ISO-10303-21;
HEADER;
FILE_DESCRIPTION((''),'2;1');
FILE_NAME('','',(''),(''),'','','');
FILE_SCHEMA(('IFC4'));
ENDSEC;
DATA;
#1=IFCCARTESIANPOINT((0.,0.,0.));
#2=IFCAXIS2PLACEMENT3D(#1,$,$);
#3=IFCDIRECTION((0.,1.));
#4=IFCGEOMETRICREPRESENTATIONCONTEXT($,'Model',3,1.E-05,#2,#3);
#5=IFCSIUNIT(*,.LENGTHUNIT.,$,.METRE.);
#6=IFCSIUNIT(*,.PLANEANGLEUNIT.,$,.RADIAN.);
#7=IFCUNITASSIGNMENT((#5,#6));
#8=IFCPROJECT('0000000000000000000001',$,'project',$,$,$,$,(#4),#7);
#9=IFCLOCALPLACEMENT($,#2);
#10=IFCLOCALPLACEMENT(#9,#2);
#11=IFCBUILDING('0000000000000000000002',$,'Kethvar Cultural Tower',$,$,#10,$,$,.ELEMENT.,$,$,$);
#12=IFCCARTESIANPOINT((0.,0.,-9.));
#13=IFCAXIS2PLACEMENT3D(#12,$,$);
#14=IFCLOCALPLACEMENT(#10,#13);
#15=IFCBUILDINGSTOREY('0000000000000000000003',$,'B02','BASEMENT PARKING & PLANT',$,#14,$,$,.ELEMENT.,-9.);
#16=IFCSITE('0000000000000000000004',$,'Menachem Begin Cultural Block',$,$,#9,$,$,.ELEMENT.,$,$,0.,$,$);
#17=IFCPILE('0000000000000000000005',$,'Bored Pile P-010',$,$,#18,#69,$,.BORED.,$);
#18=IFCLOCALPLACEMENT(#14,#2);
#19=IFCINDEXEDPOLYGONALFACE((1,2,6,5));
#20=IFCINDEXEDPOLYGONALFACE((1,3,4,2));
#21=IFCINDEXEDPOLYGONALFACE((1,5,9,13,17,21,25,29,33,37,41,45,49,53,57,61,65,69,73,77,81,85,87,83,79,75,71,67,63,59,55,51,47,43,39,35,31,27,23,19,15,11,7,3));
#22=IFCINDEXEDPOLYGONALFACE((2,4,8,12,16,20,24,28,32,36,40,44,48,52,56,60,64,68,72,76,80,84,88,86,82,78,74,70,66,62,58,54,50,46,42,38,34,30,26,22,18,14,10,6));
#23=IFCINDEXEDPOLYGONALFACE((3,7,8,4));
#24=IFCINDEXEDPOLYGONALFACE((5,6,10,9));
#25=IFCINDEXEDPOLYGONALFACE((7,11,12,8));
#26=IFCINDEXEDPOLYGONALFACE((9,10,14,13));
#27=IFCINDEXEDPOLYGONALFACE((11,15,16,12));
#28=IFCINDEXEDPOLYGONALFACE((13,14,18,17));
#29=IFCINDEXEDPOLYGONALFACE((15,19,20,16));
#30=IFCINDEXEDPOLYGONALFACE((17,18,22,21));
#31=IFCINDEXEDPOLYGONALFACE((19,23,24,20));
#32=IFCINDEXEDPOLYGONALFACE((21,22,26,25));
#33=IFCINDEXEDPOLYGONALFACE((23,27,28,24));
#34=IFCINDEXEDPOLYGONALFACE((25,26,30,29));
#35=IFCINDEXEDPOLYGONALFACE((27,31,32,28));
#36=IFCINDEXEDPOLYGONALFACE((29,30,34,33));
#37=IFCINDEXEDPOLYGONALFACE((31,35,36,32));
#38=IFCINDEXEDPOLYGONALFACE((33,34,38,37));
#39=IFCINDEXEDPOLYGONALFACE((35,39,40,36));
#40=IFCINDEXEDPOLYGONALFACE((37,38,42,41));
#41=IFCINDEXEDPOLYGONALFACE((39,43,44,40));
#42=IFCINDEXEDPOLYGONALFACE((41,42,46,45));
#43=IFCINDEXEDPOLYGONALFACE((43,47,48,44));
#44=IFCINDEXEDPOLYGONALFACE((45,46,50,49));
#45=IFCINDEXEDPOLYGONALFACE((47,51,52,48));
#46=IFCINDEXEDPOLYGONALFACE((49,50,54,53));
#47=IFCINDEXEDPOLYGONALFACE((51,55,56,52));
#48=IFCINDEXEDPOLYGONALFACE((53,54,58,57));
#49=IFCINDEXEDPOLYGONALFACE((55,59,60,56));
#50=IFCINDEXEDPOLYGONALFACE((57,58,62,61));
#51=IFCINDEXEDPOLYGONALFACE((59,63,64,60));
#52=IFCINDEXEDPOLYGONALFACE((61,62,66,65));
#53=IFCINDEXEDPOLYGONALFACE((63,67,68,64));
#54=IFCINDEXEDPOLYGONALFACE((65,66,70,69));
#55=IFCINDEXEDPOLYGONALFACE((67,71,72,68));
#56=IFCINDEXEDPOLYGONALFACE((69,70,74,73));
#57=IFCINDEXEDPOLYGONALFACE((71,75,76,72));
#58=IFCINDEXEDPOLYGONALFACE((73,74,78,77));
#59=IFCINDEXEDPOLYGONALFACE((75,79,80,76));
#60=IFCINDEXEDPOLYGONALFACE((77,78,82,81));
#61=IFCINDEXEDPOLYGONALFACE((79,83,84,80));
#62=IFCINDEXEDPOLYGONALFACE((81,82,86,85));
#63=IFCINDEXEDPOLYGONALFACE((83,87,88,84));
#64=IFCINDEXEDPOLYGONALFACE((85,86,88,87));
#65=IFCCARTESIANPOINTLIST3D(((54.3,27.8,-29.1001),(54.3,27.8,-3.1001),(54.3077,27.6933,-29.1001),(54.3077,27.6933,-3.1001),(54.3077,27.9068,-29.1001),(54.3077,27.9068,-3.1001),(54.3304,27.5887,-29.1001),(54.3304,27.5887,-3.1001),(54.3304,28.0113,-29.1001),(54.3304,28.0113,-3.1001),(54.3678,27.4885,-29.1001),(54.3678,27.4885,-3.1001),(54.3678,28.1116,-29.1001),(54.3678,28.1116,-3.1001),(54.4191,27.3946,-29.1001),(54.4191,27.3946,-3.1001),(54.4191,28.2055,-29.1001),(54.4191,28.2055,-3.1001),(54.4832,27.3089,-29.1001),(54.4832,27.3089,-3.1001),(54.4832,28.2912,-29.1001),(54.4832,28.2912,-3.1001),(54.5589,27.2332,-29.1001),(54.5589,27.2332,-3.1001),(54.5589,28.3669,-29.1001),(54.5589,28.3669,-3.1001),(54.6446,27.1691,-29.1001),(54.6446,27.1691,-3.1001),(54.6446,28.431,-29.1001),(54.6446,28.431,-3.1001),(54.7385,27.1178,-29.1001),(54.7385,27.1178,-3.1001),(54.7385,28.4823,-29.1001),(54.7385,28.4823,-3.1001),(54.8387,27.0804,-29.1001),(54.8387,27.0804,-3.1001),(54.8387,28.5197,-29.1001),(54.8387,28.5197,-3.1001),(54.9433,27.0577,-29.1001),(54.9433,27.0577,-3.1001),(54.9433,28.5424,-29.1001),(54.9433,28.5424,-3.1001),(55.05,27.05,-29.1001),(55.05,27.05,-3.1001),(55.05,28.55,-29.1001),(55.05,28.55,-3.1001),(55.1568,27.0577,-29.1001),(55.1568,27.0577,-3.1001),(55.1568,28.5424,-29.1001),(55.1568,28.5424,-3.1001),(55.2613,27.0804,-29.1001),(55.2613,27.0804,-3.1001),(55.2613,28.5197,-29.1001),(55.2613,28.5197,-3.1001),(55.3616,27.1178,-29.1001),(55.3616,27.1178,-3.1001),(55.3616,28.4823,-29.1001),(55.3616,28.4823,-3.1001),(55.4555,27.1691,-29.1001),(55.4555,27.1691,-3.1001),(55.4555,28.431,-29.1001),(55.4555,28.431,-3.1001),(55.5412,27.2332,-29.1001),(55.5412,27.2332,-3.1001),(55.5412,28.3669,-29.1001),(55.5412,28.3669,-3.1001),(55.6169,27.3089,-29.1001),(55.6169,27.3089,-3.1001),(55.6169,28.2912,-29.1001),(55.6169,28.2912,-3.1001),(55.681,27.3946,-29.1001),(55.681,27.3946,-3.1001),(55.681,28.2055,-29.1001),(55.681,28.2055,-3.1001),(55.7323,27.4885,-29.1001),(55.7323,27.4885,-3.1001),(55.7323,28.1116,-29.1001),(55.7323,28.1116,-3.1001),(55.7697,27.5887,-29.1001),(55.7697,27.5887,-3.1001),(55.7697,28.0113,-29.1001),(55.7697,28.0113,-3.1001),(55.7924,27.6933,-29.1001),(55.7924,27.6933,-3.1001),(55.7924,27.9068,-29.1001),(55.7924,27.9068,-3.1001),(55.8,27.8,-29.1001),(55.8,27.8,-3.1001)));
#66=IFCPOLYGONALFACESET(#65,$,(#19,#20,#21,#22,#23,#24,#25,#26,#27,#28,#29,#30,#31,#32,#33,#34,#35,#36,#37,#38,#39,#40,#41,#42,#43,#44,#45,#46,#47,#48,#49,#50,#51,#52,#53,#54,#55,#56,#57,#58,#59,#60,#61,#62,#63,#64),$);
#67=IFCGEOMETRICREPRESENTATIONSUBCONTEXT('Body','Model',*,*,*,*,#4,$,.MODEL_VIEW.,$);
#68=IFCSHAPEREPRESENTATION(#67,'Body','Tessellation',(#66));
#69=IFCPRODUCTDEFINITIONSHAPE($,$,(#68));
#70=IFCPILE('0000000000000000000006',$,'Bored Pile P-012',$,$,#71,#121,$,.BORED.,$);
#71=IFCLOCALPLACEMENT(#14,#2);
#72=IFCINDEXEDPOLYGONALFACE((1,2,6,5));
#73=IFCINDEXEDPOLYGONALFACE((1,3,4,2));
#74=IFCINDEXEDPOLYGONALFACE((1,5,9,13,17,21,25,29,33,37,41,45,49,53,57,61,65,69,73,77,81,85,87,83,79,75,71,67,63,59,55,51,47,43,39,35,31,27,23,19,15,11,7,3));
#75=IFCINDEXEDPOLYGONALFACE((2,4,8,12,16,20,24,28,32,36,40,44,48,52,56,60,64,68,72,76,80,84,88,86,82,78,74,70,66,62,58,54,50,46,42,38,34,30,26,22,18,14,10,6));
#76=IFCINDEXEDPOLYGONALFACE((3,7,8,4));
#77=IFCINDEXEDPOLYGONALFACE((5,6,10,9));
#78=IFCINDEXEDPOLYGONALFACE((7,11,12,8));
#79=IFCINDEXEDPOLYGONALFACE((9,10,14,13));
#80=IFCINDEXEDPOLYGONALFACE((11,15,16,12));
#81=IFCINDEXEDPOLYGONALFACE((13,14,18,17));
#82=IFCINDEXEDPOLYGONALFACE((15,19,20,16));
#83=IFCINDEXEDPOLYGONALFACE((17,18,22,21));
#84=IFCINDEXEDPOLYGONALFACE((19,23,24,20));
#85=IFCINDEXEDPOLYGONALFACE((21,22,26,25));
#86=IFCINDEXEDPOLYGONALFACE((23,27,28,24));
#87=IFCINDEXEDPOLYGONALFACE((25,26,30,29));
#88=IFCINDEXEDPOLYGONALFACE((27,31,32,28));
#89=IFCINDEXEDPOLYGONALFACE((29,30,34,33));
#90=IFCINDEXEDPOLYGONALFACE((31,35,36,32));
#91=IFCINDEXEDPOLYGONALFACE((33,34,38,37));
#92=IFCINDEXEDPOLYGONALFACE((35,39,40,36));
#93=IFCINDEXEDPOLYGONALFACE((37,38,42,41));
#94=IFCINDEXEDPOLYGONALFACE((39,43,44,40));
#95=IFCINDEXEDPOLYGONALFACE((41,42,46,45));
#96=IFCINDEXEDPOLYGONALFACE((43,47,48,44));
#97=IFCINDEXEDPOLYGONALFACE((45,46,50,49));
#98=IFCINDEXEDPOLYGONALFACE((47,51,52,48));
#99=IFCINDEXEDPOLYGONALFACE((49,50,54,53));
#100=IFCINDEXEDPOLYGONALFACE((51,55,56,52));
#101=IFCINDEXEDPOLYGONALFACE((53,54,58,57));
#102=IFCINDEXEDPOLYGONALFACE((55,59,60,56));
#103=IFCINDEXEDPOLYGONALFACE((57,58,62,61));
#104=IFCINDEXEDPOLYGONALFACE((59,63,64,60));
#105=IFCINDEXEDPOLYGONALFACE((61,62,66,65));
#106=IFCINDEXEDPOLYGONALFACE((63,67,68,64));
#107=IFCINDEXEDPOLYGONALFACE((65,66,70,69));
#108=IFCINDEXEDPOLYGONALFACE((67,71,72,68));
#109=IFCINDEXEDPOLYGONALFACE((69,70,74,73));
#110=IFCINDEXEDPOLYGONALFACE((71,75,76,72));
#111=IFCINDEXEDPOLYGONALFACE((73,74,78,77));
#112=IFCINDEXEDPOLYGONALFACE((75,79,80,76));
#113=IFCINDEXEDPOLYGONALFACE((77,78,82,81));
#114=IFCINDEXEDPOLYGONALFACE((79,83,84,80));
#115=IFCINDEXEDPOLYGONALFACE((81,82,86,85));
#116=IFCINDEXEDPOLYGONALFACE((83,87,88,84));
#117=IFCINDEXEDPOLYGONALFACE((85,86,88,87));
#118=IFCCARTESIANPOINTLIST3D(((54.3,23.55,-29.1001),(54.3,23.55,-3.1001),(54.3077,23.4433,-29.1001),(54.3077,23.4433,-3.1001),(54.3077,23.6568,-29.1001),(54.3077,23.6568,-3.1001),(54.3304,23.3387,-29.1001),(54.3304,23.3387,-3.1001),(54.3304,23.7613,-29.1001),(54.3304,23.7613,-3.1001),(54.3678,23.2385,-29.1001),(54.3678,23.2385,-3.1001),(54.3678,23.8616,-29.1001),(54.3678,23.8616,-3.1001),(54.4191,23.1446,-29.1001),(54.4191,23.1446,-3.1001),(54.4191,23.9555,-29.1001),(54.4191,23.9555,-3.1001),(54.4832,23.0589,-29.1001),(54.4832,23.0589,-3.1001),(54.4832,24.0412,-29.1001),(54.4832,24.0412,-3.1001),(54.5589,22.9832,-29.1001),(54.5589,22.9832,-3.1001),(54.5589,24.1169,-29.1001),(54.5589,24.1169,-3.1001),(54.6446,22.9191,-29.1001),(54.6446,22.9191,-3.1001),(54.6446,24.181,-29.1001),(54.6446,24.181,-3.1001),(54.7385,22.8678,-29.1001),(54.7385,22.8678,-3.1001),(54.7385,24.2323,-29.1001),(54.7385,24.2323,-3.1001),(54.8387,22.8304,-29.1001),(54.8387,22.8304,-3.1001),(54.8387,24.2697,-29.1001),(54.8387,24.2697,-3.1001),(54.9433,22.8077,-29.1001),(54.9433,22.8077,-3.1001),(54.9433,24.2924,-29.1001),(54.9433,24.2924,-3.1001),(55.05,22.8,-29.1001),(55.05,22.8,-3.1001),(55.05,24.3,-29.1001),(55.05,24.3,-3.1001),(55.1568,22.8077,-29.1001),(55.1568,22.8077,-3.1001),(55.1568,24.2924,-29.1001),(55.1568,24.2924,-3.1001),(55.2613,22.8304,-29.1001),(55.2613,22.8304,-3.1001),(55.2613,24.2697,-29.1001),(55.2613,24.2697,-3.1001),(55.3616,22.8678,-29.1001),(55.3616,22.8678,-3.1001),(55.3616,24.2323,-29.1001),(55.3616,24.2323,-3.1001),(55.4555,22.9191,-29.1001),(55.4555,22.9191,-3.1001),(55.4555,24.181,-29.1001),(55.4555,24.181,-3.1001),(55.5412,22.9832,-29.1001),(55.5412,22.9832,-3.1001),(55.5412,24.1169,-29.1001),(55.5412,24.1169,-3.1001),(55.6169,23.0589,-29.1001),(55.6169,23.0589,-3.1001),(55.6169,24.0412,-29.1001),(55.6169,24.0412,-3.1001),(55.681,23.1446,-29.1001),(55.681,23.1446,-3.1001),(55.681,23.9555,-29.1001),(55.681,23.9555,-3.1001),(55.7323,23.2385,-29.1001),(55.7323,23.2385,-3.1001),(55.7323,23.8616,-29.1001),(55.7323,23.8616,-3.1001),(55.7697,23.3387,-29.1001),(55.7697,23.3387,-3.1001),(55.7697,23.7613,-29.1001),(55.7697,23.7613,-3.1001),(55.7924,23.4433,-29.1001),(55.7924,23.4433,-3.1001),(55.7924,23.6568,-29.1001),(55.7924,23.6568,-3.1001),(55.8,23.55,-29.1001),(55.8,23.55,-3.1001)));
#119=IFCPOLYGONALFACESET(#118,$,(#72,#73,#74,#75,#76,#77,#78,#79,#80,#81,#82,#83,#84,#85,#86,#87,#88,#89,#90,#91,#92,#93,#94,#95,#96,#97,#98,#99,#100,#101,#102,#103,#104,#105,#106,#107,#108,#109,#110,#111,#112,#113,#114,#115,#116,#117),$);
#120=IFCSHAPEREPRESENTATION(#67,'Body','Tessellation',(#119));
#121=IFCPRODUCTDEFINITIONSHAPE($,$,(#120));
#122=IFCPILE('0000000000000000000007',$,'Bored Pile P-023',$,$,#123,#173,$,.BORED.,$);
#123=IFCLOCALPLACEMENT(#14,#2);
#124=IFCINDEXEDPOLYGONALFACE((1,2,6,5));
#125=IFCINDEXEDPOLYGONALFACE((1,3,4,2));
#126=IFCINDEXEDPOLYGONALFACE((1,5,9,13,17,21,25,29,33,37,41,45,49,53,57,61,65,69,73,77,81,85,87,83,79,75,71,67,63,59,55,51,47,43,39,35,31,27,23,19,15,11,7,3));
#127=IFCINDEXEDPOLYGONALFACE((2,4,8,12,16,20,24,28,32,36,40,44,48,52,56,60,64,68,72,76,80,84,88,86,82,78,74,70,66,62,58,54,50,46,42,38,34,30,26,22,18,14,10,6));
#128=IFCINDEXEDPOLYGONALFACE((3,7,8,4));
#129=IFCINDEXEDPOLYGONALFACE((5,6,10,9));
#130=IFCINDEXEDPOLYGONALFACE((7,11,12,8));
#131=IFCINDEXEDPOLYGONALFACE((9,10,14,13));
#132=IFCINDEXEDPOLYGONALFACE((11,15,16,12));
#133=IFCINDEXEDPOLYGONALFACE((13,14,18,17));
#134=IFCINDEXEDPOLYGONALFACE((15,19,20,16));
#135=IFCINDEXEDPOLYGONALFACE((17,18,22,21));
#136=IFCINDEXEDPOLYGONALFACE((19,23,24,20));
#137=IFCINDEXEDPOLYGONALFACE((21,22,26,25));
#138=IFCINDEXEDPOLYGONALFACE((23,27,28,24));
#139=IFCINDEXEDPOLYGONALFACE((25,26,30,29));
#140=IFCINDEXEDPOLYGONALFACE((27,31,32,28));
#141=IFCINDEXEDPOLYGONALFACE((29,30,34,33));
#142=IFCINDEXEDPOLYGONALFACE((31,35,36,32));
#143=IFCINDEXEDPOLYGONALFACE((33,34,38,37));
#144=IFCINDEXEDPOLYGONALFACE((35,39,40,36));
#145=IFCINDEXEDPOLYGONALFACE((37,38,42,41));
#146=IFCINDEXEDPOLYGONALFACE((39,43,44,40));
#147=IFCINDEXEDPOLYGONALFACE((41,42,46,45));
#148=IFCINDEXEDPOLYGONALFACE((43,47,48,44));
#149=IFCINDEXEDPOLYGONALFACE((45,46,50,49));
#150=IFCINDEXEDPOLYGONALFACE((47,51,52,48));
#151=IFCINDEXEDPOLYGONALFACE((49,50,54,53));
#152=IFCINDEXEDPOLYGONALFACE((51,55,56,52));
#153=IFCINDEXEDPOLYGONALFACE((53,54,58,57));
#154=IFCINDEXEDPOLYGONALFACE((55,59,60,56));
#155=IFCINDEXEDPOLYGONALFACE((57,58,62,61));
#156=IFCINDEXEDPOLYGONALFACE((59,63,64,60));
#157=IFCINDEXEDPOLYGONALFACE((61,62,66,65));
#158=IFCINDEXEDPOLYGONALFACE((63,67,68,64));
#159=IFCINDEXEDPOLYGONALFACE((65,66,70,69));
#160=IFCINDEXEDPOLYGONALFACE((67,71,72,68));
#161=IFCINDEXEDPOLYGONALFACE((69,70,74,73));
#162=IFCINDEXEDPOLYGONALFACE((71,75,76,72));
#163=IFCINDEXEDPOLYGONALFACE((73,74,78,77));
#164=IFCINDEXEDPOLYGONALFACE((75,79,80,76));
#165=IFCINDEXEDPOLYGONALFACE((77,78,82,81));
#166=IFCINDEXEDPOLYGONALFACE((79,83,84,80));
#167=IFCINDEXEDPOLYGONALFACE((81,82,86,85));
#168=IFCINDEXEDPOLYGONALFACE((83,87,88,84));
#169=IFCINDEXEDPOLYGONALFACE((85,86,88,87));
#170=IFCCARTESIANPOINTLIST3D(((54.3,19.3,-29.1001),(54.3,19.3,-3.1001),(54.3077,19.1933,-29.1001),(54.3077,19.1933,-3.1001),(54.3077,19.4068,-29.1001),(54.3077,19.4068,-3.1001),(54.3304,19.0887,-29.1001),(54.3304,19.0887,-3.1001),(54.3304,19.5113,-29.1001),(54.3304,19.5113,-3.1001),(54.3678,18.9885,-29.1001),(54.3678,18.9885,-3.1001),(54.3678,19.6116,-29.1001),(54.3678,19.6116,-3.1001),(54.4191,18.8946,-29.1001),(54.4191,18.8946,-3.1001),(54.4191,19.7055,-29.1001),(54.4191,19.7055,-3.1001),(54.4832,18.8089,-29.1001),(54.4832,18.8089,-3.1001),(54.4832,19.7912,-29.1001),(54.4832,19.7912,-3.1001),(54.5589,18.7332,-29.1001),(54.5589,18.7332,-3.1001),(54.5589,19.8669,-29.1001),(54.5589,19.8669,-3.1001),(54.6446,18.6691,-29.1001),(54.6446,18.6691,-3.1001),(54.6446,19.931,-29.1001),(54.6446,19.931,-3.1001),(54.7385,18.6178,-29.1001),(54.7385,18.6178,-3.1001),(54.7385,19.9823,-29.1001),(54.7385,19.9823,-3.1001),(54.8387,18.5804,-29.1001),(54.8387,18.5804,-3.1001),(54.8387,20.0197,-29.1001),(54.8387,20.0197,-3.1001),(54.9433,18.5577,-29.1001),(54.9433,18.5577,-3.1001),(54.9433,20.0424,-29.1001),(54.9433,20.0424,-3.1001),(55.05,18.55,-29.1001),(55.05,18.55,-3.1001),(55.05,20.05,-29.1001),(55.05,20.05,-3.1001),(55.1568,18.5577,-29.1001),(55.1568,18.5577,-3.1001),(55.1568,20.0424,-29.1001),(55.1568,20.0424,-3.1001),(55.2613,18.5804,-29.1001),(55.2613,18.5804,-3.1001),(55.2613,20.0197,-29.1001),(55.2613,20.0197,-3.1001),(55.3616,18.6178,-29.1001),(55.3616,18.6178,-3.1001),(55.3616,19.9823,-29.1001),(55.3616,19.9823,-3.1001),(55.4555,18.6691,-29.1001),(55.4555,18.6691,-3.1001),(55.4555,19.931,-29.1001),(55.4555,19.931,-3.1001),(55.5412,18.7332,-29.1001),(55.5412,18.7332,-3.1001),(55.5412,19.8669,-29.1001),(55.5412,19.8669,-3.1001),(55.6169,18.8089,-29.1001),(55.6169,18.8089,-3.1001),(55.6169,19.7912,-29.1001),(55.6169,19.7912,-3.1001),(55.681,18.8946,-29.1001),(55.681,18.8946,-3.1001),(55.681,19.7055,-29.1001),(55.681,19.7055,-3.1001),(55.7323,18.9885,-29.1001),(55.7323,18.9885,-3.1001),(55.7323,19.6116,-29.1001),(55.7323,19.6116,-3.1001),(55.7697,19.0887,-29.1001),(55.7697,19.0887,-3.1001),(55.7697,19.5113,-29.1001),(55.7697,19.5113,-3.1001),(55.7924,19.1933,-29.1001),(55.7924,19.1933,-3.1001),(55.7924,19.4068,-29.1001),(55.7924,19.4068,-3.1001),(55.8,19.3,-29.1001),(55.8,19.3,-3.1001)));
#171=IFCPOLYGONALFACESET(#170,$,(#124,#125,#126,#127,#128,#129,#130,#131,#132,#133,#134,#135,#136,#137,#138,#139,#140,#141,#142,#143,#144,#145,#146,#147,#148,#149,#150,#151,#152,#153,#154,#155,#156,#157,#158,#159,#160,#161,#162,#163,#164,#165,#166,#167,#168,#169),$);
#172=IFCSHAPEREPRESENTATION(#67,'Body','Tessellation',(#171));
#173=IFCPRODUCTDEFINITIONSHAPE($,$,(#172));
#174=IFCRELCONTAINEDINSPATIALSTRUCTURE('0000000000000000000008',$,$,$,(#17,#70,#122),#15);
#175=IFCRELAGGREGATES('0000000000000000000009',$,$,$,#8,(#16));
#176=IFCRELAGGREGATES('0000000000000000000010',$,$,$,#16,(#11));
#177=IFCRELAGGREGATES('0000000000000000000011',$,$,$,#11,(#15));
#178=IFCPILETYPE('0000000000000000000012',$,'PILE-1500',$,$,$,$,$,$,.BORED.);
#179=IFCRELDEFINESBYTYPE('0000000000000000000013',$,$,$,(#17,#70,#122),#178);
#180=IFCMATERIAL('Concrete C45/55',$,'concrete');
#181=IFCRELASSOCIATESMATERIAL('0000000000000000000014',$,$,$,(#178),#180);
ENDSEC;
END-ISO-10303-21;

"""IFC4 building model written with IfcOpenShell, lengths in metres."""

from ifc_helpers import new_model, si_unit, direction, frame, origin, origin_2d, place, context, subcontext, project, spatial, circle, extrude, source, transform, mapped, material, material_profile, profile_set, type_object, element, save


model = new_model("IFC4")

# Units and contexts
model_context = context("Model", 3, precision=1e-05, world=origin(), true_north=direction((0.0, 1.0)))
body_context = subcontext(model_context, "Body", "Model", "MODEL_VIEW")
ifc_project = project(units=[si_unit("LENGTHUNIT", "METRE"), si_unit("PLANEANGLEUNIT", "RADIAN")], contexts=[model_context])

# Site, building, storey
site_placement = place(None, origin())
site = spatial("IfcSite", under=ifc_project, at=site_placement, Name="Menachem Begin Cultural Block", CompositionType="ELEMENT", RefElevation=0.0)
building_placement = place(site_placement, origin())
building = spatial("IfcBuilding", under=site, at=building_placement, Name="Kethvar Cultural Tower", CompositionType="ELEMENT")
storey_placement = place(building_placement, frame((0.0, 0.0, -9.0)))
storey = spatial("IfcBuildingStorey", under=building, at=storey_placement, Name="B02", Description="BASEMENT PARKING & PLANT", CompositionType="ELEMENT", Elevation=-9.0)

# Piles
ifc_material_1 = material(Name="Concrete C45/55", Category="concrete")
ifc_material_profile_1 = material_profile(ifc_material_1, circle(Radius=0.75, at=origin_2d()), Name="Concrete C45/55 — PILE1500")
ifc_profile_set_1 = profile_set([ifc_material_profile_1], Name="Concrete C45/55 — PILE1500")
pile_type = type_object("IfcPileType", Name="PILE-1500", PredefinedType="BORED", material=ifc_profile_set_1)
shared_shape_1 = source(origin(), body_context, "Body", "SweptSolid", [
    extrude(circle(Radius=0.75, at=origin_2d()), origin(), (0.0, 0.0, 1.0), 26.0),
])
for number, where, z_axis, x_axis, name in (
    (1, (55.05, 27.8, -3.1001), (0.0, 0.0, -1.0), (1.0, 0.0, 0.0), "Bored Pile P-010"),
    (2, (55.05, 23.55, -3.1001), (0.0, 0.0, -1.0), (1.0, 0.0, 0.0), "Bored Pile P-012"),
    (3, (55.05, 19.3, -3.1001), (0.0, 0.0, -1.0), (1.0, 0.0, 0.0), "Bored Pile P-023"),
):
    element("IfcPile", number, at=place(storey_placement, frame(where, z_axis=z_axis, x_axis=x_axis)), inside=storey, type_object=pile_type, Name=name, PredefinedType="BORED", context=body_context, shape_type="MappedRepresentation", body=[
        mapped(shared_shape_1, transform((0.0, 0.0, 0.0), scale=1.0)),
    ])

save(model, "model.ifc")
